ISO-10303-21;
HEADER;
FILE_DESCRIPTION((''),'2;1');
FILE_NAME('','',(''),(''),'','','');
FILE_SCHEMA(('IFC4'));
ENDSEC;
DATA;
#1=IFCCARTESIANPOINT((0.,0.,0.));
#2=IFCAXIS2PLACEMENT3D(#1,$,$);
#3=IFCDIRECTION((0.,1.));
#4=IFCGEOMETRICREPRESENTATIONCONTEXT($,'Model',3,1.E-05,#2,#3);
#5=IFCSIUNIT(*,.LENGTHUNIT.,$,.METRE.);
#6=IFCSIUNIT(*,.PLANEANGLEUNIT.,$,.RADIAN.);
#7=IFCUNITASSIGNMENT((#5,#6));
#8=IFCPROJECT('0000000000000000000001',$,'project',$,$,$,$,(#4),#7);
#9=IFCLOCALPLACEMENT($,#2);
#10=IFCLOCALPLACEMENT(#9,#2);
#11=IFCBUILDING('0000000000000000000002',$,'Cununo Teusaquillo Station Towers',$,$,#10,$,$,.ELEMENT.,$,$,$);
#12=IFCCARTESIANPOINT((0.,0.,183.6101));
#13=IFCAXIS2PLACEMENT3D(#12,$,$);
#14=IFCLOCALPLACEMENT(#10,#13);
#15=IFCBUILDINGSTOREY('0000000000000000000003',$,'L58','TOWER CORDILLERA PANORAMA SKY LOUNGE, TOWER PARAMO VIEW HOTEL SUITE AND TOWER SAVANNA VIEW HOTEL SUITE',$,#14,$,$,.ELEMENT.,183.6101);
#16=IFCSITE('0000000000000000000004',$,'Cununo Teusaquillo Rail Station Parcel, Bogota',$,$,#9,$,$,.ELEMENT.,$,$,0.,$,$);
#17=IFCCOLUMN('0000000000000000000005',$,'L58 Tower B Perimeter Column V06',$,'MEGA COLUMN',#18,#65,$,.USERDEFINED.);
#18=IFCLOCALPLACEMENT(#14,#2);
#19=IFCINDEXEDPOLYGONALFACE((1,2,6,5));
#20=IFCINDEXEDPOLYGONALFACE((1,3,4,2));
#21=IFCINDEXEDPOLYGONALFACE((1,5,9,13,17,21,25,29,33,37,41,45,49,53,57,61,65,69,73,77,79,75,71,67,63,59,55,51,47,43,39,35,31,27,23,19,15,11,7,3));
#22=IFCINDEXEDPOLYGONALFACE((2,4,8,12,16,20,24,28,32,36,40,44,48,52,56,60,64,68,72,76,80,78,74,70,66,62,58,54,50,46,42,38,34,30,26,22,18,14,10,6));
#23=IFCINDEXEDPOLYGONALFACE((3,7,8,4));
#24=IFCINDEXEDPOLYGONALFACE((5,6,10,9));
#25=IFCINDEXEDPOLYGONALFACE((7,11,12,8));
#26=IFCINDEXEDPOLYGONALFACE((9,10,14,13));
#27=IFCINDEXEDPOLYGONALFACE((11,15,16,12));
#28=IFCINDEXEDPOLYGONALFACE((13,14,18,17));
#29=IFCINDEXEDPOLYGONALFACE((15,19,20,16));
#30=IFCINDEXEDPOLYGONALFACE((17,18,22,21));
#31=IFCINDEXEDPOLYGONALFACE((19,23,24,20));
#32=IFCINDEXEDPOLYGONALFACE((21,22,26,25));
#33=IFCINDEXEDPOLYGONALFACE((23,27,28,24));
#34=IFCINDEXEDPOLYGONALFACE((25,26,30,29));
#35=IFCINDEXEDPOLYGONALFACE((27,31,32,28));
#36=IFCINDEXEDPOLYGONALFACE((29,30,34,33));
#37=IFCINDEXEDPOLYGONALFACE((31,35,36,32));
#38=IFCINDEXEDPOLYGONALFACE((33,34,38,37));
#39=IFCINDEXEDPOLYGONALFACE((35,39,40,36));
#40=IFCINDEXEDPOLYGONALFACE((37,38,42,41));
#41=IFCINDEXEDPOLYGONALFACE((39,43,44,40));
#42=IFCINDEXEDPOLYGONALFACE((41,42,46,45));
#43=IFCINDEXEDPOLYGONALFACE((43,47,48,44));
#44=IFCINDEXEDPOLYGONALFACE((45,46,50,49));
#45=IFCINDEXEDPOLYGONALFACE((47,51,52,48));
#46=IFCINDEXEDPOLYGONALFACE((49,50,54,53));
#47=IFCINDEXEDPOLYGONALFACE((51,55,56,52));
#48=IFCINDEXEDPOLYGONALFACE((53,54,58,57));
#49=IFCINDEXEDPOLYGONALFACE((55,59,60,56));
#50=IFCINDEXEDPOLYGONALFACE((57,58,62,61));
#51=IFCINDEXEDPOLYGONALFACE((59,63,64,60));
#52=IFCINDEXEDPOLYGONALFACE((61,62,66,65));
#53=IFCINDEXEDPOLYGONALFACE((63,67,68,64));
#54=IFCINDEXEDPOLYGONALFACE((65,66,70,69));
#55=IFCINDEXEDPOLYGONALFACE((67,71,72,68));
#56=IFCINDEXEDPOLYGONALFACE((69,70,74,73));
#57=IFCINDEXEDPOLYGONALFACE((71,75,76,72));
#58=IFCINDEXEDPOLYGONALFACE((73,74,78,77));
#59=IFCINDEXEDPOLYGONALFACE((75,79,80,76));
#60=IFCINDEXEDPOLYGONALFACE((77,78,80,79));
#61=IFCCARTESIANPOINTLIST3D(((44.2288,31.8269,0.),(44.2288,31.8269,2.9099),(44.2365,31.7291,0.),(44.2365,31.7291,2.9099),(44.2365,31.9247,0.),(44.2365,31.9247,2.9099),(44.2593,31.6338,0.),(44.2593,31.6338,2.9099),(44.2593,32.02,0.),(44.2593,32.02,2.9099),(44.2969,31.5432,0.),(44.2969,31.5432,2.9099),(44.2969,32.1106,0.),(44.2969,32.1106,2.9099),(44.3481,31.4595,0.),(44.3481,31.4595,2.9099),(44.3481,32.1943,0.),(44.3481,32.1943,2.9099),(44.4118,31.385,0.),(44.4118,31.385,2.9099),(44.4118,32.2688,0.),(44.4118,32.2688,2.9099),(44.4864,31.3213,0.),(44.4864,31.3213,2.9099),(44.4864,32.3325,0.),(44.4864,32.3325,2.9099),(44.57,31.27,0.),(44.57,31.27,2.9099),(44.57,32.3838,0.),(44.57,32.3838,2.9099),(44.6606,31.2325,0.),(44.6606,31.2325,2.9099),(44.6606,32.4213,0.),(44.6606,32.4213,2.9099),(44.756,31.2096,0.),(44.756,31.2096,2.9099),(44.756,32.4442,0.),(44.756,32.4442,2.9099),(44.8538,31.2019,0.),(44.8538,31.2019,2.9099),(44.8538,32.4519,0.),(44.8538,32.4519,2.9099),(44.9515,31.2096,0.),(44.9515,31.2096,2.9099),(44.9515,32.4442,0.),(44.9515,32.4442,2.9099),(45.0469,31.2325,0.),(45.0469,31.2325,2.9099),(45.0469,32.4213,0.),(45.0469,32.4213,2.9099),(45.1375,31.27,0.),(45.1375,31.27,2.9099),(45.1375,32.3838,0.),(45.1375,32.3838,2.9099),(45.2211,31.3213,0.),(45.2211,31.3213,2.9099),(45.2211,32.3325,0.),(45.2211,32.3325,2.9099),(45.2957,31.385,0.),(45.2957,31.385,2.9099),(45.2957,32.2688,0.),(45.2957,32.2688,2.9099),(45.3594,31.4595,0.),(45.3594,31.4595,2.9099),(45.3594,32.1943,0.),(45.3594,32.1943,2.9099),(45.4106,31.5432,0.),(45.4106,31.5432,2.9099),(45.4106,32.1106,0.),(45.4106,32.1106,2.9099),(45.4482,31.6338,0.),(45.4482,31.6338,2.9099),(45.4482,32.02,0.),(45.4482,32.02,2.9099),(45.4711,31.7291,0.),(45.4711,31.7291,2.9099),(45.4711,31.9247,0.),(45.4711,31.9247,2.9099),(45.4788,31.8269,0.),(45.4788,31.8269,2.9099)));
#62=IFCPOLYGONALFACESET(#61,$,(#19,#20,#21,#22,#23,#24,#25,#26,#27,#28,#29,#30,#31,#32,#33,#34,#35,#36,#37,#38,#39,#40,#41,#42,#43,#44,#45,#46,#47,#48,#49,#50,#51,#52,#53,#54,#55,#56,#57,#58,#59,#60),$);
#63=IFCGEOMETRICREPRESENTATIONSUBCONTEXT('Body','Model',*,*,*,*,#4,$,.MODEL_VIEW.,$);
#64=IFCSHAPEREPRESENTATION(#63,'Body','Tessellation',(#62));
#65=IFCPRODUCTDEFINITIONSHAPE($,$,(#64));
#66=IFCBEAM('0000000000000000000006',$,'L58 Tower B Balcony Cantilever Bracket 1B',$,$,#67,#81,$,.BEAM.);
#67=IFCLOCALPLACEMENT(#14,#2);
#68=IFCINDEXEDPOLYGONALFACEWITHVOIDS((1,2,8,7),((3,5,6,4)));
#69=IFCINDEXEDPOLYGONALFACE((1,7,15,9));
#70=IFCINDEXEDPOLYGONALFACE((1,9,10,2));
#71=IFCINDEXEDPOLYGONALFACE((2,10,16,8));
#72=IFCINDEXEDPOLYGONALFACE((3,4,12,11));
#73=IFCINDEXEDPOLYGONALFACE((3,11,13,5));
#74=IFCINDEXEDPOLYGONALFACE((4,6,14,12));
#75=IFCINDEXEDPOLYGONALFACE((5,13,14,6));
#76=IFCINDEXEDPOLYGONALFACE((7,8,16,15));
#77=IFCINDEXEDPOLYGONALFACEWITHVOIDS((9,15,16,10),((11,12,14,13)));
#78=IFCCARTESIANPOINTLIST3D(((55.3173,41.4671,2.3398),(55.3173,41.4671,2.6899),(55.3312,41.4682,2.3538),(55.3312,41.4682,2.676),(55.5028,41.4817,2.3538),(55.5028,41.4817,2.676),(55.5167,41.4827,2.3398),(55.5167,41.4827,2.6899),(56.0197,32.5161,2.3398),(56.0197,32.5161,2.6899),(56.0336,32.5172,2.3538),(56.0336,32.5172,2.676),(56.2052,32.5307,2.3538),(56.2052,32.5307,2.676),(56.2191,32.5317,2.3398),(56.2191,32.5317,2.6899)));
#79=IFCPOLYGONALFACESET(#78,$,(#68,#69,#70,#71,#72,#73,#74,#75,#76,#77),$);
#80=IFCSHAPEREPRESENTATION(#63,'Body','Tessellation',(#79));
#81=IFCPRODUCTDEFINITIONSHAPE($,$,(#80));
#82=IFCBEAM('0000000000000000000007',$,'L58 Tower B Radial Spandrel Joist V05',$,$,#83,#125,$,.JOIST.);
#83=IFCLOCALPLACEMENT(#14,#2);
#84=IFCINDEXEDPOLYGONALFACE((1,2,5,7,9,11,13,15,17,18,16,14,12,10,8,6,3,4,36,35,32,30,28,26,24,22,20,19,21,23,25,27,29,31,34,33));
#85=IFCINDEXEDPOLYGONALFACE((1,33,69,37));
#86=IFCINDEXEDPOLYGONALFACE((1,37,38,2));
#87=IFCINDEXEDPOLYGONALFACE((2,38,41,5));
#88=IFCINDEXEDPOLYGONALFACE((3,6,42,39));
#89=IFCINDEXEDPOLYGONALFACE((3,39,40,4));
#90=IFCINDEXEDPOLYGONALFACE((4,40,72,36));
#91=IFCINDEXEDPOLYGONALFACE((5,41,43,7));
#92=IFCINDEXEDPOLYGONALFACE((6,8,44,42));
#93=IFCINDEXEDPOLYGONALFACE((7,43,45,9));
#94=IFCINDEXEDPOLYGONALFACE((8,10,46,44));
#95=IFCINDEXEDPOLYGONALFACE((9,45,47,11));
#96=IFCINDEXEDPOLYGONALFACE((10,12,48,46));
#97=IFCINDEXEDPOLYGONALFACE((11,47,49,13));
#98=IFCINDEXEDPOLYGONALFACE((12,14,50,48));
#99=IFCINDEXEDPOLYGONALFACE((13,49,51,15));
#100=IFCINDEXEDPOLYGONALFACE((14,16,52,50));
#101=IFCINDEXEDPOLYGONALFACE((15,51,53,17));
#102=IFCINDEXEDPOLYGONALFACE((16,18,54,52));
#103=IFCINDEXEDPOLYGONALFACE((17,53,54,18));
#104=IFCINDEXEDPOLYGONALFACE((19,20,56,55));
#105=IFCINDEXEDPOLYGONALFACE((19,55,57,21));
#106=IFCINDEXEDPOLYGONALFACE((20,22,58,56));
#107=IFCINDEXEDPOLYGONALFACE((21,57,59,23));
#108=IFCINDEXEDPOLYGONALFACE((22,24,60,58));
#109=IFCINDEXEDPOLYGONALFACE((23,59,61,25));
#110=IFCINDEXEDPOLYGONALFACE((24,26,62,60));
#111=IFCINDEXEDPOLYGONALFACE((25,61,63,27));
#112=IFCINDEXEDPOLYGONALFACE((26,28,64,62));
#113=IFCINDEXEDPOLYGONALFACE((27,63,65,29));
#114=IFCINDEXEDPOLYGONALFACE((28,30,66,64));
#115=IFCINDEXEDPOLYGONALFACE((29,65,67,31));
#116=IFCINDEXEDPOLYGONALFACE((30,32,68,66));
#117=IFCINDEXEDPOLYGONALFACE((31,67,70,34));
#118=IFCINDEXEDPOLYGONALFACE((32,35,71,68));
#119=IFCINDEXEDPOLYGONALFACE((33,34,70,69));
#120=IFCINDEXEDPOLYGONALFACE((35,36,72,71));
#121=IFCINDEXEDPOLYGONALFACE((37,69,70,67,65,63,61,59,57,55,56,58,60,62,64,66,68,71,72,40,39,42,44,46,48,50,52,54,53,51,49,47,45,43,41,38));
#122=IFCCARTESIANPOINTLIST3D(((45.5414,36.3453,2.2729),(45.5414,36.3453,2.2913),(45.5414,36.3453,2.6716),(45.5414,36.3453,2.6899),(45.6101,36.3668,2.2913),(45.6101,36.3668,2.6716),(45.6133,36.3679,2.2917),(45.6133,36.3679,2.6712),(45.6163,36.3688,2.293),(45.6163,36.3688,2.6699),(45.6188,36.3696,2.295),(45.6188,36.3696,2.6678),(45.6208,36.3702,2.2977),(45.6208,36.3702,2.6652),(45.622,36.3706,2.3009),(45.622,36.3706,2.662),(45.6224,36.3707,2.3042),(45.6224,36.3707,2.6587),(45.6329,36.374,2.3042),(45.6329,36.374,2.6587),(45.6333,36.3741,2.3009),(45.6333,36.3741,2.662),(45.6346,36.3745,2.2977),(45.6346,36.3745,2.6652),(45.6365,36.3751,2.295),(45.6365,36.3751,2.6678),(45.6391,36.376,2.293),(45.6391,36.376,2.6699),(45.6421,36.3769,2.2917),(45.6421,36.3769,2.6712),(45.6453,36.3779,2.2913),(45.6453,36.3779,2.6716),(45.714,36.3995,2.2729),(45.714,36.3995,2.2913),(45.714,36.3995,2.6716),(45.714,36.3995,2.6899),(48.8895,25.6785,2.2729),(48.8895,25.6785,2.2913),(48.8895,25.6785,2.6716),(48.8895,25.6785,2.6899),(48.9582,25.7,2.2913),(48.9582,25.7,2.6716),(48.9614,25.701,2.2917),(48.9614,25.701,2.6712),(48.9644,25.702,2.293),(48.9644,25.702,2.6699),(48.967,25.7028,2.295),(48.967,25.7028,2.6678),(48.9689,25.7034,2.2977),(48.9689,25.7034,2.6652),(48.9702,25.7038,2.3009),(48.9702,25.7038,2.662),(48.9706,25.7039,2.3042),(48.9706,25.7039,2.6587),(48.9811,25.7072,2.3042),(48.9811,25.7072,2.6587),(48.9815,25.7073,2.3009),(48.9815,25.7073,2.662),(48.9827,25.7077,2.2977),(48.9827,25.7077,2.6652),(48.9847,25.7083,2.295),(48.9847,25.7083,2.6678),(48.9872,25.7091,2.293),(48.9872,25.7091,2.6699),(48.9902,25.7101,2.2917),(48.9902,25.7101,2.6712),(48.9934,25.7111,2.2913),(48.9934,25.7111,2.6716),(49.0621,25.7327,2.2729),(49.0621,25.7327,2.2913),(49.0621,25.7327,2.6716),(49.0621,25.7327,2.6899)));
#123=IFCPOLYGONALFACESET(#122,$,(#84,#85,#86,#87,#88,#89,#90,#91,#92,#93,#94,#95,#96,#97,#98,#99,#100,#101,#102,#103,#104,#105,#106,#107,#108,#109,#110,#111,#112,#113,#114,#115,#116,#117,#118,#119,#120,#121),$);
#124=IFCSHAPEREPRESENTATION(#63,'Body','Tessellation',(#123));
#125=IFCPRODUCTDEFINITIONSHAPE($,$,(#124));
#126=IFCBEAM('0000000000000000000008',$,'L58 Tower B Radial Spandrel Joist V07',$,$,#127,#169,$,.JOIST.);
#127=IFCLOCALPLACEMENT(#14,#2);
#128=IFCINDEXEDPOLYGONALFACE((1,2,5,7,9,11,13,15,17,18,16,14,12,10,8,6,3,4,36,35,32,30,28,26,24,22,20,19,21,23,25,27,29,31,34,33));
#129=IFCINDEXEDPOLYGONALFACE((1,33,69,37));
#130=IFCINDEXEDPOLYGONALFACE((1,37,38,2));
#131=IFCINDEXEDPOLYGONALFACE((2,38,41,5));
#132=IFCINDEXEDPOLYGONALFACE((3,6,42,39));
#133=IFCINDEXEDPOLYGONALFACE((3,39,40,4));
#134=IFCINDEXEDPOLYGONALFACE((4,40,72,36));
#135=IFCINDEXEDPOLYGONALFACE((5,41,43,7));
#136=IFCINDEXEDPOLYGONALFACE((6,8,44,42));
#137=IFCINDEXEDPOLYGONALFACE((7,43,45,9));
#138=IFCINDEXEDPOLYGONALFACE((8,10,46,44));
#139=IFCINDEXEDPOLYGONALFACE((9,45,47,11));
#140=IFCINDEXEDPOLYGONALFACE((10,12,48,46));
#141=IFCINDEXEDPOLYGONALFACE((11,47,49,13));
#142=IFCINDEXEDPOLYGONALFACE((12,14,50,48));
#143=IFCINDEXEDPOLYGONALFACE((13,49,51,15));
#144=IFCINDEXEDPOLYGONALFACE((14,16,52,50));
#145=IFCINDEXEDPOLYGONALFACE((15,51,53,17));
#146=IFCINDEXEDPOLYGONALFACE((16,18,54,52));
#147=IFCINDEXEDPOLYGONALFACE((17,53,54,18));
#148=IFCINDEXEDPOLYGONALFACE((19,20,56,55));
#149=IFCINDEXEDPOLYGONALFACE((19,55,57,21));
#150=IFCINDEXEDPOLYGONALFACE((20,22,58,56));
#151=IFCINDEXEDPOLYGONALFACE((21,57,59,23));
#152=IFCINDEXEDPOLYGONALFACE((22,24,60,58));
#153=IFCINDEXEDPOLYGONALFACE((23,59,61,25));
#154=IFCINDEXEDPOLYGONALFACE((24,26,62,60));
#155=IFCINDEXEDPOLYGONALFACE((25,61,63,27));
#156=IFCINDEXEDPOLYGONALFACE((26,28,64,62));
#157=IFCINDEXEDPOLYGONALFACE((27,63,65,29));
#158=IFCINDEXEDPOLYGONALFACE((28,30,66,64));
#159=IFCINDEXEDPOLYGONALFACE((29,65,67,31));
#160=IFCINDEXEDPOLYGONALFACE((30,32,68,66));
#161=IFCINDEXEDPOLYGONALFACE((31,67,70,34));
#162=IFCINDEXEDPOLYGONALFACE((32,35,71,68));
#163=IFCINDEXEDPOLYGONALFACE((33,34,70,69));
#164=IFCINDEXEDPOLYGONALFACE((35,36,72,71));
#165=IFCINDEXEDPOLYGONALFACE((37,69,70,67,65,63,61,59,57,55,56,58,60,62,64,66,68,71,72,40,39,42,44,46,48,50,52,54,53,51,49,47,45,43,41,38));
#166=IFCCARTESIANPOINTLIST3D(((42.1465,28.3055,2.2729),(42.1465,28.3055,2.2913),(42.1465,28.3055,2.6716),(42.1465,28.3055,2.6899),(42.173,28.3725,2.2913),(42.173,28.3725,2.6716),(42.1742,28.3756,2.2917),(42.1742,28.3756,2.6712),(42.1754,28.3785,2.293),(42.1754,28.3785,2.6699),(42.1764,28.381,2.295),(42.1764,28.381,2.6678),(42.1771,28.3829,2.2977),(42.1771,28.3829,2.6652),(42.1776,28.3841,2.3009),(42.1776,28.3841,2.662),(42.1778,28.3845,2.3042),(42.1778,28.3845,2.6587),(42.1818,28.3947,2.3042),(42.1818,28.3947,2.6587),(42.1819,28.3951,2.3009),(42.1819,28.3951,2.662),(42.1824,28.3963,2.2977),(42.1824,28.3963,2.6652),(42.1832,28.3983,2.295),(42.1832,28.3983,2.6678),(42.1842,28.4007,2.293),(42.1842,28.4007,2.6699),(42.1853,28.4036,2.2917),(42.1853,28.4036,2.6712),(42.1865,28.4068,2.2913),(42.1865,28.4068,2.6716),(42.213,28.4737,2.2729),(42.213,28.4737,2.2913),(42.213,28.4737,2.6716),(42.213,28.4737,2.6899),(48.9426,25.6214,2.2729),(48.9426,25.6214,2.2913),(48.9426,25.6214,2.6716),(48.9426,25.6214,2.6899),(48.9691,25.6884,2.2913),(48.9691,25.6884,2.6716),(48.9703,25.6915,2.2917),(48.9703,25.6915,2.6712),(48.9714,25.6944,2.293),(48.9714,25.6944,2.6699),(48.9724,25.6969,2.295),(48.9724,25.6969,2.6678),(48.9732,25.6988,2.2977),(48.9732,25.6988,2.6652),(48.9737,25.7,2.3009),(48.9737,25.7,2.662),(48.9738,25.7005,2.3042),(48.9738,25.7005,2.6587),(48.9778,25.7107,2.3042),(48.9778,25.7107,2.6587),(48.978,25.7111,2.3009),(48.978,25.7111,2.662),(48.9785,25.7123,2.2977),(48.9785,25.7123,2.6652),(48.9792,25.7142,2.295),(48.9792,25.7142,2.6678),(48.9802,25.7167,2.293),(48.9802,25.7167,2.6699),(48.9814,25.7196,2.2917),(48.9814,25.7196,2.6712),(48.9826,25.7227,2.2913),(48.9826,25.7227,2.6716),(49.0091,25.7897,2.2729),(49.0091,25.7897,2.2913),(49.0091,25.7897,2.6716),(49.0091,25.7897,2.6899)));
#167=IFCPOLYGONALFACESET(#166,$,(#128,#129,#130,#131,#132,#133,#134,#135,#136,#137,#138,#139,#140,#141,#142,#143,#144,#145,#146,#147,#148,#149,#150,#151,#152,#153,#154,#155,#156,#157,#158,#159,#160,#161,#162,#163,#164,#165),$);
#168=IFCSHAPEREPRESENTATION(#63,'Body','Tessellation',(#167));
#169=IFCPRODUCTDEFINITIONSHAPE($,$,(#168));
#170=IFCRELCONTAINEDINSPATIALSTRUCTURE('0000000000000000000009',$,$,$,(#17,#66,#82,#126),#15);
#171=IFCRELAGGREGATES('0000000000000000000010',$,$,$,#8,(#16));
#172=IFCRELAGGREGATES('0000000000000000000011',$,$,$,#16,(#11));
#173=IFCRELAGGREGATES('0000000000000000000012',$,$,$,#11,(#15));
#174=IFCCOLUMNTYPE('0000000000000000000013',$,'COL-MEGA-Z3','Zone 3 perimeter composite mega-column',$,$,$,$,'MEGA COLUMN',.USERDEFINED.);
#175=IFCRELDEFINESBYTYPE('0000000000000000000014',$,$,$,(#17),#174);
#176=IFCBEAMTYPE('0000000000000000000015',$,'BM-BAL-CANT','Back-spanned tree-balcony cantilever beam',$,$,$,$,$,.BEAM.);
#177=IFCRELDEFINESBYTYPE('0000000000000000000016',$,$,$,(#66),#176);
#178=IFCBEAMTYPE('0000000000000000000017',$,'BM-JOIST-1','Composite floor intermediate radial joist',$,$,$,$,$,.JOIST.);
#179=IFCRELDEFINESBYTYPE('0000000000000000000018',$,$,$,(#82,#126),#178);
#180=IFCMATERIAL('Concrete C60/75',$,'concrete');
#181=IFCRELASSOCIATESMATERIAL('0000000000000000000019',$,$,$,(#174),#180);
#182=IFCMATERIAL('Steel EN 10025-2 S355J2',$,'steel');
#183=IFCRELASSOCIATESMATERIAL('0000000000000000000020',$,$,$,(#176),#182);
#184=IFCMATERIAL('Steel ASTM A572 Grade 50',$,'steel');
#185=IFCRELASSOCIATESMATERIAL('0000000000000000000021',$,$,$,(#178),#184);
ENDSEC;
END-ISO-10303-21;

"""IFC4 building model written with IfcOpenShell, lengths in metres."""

from ifc_helpers import new_model, si_unit, direction, frame, origin, origin_2d, place, context, subcontext, project, spatial, hollow_rectangle, circle, i_section, extrude, material, material_profile, profile_set, type_object, element, save


model = new_model("IFC4")

# Units and contexts
model_context = context("Model", 3, precision=1e-05, world=origin(), true_north=direction((0.0, 1.0)))
body_context = subcontext(model_context, "Body", "Model", "MODEL_VIEW")
ifc_project = project(units=[si_unit("LENGTHUNIT", "METRE"), si_unit("PLANEANGLEUNIT", "RADIAN")], contexts=[model_context])

# Site, building, storey
site_placement = place(None, origin())
site = spatial("IfcSite", under=ifc_project, at=site_placement, Name="Cununo Teusaquillo Rail Station Parcel, Bogota", CompositionType="ELEMENT", RefElevation=0.0)
building_placement = place(site_placement, origin())
building = spatial("IfcBuilding", under=site, at=building_placement, Name="Cununo Teusaquillo Station Towers", CompositionType="ELEMENT")
storey_placement = place(building_placement, frame((0.0, 0.0, 183.6101)))
storey = spatial("IfcBuildingStorey", under=building, at=storey_placement, Name="L58", Description="TOWER CORDILLERA PANORAMA SKY LOUNGE, TOWER PARAMO VIEW HOTEL SUITE AND TOWER SAVANNA VIEW HOTEL SUITE", CompositionType="ELEMENT", Elevation=183.6101)

# Column
ifc_material_1 = material(Name="Concrete C60/75", Category="concrete")
ifc_material_profile_1 = material_profile(ifc_material_1, circle(Radius=0.625, at=origin_2d()), Name="RC-CIRC-1250")
ifc_profile_set_1 = profile_set([ifc_material_profile_1], Name="Concrete C60/75")
column_type = type_object("IfcColumnType", Name="COL-MEGA-Z3", Description="Zone 3 perimeter composite mega-column", ElementType="MEGA COLUMN", PredefinedType="USERDEFINED", material=ifc_profile_set_1)
column_placement = place(storey_placement, frame((44.8538, 31.8269, 0.0), z_axis=(0.0, 0.0, 1.0), x_axis=(1.0, 0.0, 0.0)))
element("IfcColumn", 1, at=column_placement, inside=storey, type_object=column_type, Name="L58 Tower B Perimeter Column V06", ObjectType="MEGA COLUMN", PredefinedType="USERDEFINED", context=body_context, shape_type="SweptSolid", body=[
    extrude(circle(Radius=0.625, at=origin_2d()), origin(), (0.0, 0.0, 1.0), 2.9099),
])

# Beams
ifc_material_2 = material(Name="Steel EN 10025-2 S355J2", Category="steel")
ifc_material_profile_2 = material_profile(ifc_material_2, hollow_rectangle(XDim=0.2, YDim=0.3501, WallThickness=0.0139, at=origin_2d()), Name="RHS 350x200x14")
ifc_profile_set_2 = profile_set([ifc_material_profile_2], Name="Steel EN 10025-2 S355J2")
beam_type_1 = type_object("IfcBeamType", Name="BM-BAL-CANT", Description="Back-spanned tree-balcony cantilever beam", PredefinedType="BEAM", material=ifc_profile_set_2)
beam_1_placement = place(storey_placement, frame((56.1194, 32.5239, 2.5149), z_axis=(-0.078231, 0.996935, 0.0), x_axis=(-0.996935, -0.078231, 0.0)))
element("IfcBeam", 2, at=beam_1_placement, inside=storey, type_object=beam_type_1, Name="L58 Tower B Balcony Cantilever Bracket 1B", PredefinedType="BEAM", context=body_context, shape_type="SweptSolid", body=[
    extrude(hollow_rectangle(XDim=0.2, YDim=0.3501, WallThickness=0.0139, at=origin_2d()), origin(), (0.0, 0.0, 1.0), 8.9785),
])
ifc_material_3 = material(Name="Steel ASTM A572 Grade 50", Category="steel")
ifc_material_profile_3 = material_profile(ifc_material_3, i_section(OverallWidth=0.1809, OverallDepth=0.417, WebThickness=0.011, FlangeThickness=0.0183, FilletRadius=0.0129, at=origin_2d()), Name="W16X57")
ifc_profile_set_3 = profile_set([ifc_material_profile_3], Name="Steel ASTM A572 Grade 50")
beam_type_2 = type_object("IfcBeamType", Name="BM-JOIST-1", Description="Composite floor intermediate radial joist", PredefinedType="JOIST", material=ifc_profile_set_3)
beam_2_placement = place(storey_placement, frame((48.9758, 25.7056, 2.4814), z_axis=(-0.29948, 0.954103, 0.0), x_axis=(-0.954103, -0.29948, 0.0)))
element("IfcBeam", 3, at=beam_2_placement, inside=storey, type_object=beam_type_2, Name="L58 Tower B Radial Spandrel Joist V05", PredefinedType="JOIST", context=body_context, shape_type="SweptSolid", body=[
    extrude(i_section(OverallWidth=0.1809, OverallDepth=0.417, WebThickness=0.011, FlangeThickness=0.0183, FilletRadius=0.0129, at=origin_2d()), origin(), (0.0, 0.0, 1.0), 11.1799),
])
beam_3_placement = place(storey_placement, frame((48.9758, 25.7056, 2.4814), z_axis=(-0.93009, 0.367332, 0.0), x_axis=(-0.367332, -0.93009, 0.0)))
element("IfcBeam", 4, at=beam_3_placement, inside=storey, type_object=beam_type_2, Name="L58 Tower B Radial Spandrel Joist V07", PredefinedType="JOIST", context=body_context, shape_type="SweptSolid", body=[
    extrude(i_section(OverallWidth=0.1809, OverallDepth=0.417, WebThickness=0.011, FlangeThickness=0.0183, FilletRadius=0.0129, at=origin_2d()), origin(), (0.0, 0.0, 1.0), 7.3069),
])

save(model, "model.ifc")
